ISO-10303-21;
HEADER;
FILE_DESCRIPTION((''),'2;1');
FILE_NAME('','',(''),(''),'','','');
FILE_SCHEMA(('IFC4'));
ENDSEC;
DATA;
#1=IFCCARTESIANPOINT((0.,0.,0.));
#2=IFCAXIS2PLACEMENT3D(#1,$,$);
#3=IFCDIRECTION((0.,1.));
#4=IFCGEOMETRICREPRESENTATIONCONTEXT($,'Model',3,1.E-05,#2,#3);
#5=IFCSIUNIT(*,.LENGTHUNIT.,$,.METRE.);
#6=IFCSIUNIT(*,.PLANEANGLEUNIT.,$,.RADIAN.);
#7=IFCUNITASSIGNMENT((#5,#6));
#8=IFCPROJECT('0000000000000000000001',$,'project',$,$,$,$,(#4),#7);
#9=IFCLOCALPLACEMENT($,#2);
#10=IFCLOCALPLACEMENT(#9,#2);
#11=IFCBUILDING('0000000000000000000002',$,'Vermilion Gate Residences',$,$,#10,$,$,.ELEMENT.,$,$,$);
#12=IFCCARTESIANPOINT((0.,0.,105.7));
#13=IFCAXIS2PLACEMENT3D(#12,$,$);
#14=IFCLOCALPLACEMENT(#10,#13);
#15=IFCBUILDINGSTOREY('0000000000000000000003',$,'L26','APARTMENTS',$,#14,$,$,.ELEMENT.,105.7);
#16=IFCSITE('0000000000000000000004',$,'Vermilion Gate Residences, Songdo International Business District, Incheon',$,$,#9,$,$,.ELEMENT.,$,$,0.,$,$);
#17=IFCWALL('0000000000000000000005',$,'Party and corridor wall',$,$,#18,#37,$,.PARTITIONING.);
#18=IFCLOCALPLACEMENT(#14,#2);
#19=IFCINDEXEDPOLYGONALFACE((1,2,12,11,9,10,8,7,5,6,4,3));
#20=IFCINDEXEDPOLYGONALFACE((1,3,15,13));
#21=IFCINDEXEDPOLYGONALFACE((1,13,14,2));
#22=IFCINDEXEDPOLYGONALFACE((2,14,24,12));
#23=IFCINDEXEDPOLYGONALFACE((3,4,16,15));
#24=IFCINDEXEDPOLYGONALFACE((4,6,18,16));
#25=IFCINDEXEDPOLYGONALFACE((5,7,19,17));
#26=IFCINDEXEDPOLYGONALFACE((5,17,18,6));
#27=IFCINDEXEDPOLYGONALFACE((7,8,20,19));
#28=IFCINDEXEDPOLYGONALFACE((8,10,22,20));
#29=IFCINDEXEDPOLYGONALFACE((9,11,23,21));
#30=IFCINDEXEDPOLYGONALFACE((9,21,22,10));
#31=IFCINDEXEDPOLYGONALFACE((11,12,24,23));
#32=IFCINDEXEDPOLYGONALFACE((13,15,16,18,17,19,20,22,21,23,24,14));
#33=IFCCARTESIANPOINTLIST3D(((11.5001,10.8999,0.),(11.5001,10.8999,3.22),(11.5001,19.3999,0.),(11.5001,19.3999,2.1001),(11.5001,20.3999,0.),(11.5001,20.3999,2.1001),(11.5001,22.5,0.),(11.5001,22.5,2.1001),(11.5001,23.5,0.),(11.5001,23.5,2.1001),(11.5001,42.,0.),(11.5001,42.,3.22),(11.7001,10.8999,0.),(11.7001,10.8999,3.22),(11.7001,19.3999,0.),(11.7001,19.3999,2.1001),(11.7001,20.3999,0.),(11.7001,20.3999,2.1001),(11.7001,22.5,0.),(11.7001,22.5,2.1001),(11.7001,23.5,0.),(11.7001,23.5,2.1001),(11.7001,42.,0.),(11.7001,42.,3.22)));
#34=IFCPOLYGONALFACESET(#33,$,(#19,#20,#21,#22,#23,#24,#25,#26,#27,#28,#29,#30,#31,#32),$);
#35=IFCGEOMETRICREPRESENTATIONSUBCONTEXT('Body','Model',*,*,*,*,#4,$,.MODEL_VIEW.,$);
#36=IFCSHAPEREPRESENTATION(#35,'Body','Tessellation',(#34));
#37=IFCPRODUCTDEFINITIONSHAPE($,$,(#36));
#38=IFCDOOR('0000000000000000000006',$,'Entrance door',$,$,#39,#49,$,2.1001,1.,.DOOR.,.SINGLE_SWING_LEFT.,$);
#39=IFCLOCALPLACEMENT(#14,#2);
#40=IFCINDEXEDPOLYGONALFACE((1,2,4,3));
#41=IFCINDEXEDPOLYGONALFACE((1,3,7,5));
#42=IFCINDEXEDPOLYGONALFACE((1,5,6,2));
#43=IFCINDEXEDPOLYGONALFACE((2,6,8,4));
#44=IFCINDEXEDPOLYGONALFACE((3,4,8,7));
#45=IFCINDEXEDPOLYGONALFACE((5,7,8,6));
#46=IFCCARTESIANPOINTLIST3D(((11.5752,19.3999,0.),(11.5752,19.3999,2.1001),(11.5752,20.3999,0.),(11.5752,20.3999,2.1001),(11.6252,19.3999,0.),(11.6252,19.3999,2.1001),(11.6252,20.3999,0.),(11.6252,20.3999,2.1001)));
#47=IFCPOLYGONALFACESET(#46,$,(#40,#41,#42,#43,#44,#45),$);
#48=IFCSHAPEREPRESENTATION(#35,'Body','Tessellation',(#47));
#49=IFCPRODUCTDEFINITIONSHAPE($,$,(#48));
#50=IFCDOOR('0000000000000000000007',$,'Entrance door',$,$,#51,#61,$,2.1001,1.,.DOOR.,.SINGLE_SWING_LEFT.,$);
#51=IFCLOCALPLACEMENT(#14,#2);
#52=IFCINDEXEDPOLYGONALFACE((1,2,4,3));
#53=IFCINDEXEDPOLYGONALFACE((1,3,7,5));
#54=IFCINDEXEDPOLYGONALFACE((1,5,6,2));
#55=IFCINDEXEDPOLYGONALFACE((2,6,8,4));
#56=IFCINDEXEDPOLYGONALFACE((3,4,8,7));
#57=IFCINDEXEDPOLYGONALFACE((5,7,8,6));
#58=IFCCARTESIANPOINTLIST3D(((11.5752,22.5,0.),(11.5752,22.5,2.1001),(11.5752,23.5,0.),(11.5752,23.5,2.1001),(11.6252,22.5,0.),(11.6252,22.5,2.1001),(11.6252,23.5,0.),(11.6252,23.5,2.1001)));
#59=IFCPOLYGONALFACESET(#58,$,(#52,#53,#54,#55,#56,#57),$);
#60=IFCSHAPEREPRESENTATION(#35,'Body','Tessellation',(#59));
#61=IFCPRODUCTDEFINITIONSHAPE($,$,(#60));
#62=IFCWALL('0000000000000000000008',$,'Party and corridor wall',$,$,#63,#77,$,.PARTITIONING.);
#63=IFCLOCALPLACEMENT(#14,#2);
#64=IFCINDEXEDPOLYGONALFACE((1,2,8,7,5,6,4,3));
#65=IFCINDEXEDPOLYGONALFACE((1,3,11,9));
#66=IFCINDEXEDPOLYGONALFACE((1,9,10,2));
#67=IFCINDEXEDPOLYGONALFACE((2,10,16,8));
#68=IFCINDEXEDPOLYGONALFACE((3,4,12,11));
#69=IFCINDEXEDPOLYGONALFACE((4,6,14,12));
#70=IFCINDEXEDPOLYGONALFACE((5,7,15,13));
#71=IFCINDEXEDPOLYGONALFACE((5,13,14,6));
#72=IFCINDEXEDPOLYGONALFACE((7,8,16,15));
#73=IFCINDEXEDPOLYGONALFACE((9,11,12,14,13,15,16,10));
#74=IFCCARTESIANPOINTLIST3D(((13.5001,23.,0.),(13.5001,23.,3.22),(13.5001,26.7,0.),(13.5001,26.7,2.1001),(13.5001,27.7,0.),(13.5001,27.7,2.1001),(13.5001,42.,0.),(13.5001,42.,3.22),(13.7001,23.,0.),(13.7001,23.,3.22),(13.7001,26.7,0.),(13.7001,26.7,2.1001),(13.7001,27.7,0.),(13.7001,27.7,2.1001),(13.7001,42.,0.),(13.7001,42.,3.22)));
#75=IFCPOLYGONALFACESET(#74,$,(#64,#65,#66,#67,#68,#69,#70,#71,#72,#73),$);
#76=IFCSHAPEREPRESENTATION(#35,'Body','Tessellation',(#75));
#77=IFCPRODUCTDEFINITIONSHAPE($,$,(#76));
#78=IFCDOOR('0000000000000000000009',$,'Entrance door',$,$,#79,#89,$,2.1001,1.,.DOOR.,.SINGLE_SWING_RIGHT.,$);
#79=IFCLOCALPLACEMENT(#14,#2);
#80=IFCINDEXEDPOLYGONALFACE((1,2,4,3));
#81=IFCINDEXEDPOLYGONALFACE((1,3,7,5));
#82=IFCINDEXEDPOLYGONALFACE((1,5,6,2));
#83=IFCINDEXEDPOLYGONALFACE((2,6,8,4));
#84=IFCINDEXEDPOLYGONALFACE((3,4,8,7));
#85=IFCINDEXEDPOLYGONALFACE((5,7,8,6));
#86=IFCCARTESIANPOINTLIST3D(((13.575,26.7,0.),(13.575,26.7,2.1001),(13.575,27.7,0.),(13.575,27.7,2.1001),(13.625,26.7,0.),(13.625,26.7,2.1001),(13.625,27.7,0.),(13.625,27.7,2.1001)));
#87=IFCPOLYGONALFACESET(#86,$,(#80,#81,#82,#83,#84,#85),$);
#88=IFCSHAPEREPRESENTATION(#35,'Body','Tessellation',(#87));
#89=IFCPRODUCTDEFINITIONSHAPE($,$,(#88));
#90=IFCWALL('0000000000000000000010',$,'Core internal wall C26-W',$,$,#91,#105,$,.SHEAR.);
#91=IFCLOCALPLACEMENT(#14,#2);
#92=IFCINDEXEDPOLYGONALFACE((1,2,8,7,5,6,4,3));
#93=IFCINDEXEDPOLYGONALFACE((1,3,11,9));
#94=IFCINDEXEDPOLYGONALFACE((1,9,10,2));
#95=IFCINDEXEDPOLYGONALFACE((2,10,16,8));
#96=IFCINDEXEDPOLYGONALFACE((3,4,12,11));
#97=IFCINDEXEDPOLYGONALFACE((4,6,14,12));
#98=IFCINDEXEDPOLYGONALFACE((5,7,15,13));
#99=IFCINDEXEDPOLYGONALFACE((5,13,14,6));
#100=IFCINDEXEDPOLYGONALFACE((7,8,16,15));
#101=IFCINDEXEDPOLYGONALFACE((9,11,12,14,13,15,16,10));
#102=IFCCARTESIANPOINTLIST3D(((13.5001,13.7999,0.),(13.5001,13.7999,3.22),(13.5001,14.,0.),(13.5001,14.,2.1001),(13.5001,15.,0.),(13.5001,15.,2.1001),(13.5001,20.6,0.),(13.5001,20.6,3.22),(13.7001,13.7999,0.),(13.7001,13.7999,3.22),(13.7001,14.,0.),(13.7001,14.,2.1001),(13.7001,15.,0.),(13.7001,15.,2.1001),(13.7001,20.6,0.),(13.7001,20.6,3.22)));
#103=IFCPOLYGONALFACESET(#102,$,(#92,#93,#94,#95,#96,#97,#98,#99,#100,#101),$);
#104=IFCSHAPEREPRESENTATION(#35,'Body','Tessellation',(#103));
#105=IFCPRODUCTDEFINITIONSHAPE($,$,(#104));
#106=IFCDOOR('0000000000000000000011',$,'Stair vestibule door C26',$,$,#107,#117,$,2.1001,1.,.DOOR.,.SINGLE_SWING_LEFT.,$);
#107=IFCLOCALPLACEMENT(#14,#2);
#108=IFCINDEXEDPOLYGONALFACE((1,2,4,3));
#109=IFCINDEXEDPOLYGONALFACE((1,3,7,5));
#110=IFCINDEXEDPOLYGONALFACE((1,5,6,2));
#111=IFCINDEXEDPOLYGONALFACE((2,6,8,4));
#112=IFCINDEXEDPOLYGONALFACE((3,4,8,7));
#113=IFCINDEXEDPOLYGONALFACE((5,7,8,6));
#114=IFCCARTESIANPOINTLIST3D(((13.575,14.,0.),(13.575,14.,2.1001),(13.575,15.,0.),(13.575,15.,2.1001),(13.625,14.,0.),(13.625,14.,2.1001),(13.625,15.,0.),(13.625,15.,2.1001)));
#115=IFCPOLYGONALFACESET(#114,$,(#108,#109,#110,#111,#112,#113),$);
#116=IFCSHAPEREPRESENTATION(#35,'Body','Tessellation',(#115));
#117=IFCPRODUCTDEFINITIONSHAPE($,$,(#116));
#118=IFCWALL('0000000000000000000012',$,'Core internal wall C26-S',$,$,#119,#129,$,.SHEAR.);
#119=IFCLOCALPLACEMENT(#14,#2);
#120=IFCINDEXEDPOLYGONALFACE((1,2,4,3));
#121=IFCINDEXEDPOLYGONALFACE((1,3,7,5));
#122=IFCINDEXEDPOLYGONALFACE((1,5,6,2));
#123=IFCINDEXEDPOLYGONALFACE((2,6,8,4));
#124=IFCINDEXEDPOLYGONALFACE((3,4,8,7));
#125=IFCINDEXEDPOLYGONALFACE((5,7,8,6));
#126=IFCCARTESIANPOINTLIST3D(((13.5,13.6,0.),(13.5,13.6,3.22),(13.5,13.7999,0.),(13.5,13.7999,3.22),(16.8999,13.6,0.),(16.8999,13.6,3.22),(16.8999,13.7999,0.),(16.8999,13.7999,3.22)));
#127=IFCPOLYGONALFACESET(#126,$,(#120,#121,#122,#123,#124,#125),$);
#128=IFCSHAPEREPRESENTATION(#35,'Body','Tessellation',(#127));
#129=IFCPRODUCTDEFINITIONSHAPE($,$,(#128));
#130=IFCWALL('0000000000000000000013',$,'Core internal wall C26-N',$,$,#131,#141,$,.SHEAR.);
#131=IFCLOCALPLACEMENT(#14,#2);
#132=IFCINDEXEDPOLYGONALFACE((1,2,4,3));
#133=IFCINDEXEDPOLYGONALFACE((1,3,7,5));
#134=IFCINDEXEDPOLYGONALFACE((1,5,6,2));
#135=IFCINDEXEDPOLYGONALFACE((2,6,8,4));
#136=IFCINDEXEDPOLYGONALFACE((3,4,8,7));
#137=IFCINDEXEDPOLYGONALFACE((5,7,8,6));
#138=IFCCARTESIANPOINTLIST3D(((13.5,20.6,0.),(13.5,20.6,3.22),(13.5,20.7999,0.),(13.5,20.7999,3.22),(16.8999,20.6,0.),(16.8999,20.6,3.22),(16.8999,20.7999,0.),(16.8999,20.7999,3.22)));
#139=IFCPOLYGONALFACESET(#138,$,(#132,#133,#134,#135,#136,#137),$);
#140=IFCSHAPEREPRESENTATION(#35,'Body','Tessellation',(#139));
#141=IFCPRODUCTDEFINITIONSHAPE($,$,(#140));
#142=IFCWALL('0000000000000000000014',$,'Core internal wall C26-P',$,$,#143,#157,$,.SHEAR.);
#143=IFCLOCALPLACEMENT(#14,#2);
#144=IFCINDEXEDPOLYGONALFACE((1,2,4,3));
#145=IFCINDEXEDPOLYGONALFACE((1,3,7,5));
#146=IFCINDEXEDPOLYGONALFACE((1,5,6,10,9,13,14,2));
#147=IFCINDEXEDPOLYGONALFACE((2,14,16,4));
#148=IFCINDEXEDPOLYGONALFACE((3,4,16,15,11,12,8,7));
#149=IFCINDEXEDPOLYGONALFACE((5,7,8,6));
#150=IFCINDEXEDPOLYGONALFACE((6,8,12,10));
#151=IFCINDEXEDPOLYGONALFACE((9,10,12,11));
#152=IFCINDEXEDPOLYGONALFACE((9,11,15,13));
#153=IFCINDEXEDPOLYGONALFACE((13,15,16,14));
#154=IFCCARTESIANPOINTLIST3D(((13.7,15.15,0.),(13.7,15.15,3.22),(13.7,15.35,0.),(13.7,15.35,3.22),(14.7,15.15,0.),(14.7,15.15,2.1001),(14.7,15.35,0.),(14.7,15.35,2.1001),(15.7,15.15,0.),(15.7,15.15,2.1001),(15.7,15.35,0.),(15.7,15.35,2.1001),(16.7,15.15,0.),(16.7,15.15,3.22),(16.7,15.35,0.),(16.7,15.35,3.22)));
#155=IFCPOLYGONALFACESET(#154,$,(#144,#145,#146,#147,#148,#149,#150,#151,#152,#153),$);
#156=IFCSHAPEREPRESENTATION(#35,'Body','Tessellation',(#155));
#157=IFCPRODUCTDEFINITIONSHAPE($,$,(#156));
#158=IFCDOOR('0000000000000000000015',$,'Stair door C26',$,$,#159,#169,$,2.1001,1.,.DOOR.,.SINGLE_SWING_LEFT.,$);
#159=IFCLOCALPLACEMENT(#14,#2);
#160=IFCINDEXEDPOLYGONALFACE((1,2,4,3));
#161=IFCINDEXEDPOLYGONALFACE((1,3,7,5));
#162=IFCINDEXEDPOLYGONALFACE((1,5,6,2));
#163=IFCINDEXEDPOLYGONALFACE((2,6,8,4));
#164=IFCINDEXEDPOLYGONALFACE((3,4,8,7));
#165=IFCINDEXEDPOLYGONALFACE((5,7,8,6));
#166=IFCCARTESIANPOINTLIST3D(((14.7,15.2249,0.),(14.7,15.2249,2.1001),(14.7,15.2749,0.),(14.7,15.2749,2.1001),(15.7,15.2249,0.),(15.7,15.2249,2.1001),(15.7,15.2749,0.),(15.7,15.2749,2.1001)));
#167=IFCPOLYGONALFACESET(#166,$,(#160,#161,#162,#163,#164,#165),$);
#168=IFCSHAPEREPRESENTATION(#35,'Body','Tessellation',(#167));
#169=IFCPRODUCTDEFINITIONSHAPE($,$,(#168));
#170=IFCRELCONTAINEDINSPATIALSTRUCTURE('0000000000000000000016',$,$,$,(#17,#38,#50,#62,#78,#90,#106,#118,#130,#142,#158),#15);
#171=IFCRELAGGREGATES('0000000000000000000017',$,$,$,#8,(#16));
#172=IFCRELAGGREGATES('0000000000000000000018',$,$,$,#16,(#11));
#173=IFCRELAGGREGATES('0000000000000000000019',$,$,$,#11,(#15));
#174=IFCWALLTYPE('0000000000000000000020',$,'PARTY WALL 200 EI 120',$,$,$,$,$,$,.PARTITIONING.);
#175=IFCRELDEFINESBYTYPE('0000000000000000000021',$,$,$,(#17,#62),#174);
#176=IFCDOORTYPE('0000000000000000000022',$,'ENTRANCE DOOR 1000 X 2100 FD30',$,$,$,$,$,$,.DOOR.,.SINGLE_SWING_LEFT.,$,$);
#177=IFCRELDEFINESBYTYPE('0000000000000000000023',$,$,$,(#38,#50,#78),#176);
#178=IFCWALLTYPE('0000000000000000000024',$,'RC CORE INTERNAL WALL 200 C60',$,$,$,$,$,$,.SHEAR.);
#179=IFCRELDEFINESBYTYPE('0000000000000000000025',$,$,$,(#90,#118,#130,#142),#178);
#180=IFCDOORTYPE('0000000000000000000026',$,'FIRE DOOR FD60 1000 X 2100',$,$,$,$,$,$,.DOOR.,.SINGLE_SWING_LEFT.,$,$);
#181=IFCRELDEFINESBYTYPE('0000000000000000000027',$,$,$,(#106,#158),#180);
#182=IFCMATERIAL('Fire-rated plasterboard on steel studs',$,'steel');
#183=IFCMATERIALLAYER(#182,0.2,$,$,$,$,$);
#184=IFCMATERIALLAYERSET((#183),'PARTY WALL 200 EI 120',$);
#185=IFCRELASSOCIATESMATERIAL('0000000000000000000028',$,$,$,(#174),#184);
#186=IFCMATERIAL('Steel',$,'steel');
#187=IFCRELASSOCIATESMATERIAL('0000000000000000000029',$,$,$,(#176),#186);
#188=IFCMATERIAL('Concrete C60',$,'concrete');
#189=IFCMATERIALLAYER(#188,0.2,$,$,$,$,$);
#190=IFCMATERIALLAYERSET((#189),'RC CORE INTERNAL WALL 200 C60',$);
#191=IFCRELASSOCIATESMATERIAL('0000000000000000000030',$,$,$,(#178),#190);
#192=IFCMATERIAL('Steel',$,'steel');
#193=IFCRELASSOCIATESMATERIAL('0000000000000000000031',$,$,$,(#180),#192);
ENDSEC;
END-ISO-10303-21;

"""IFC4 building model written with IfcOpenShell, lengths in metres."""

from ifc_helpers import new_model, si_unit, direction, frame, frame_2d, origin, place, context, subcontext, project, spatial, rectangle, extrude, material, layer, layer_set, type_object, element, fill, save


model = new_model("IFC4")

# Units and contexts
model_context = context("Model", 3, precision=1e-05, world=origin(), true_north=direction((0.0, 1.0)))
body_context = subcontext(model_context, "Body", "Model", "MODEL_VIEW")
ifc_project = project(units=[si_unit("LENGTHUNIT", "METRE"), si_unit("PLANEANGLEUNIT", "RADIAN")], contexts=[model_context])

# Site, building, storey
site_placement = place(None, origin())
site = spatial("IfcSite", under=ifc_project, at=site_placement, Name="Vermilion Gate Residences, Songdo International Business District, Incheon", CompositionType="ELEMENT", RefElevation=0.0)
building_placement = place(site_placement, origin())
building = spatial("IfcBuilding", under=site, at=building_placement, Name="Vermilion Gate Residences", CompositionType="ELEMENT")
storey_placement = place(building_placement, frame((0.0, 0.0, 105.7)))
storey = spatial("IfcBuildingStorey", under=building, at=storey_placement, Name="L26", Description="APARTMENTS", CompositionType="ELEMENT", Elevation=105.7)

# Shared definitions
ifc_material_1 = material(Name="Fire-rated plasterboard on steel studs", Category="steel")
ifc_layer_1 = layer(ifc_material_1, 0.2)
ifc_layer_set_1 = layer_set([ifc_layer_1], Name="PARTY WALL 200 EI 120")
wall_type_1 = type_object("IfcWallType", Name="PARTY WALL 200 EI 120", PredefinedType="PARTITIONING", material=ifc_layer_set_1)
ifc_material_2 = material(Name="Steel", Category="steel")
door_type_1 = type_object("IfcDoorType", Name="ENTRANCE DOOR 1000 X 2100 FD30", OperationType="SINGLE_SWING_LEFT", PredefinedType="DOOR", material=ifc_material_2)

# Wall, openings, doors
wall_1_placement = place(storey_placement, frame((11.6001, 10.8999, 0.0), z_axis=(0.0, 0.0, 1.0), x_axis=(0.0, 1.0, 0.0)))
wall_1 = element("IfcWall", 1, at=wall_1_placement, inside=storey, type_object=wall_type_1, Name="Party and corridor wall", PredefinedType="PARTITIONING", context=body_context, shape_type="SweptSolid", body=[
    extrude(rectangle(XDim=31.1001, YDim=0.2, at=frame_2d((15.55, 0.0))), origin(), (0.0, 0.0, 1.0), 3.22),
])
opening_1_placement = place(wall_1_placement, frame((8.5, 0.0, 0.0)))
opening_1 = element("IfcOpeningElement", 2, at=opening_1_placement, cuts=wall_1, PredefinedType="OPENING", context=body_context, shape_type="SweptSolid", body=[
    extrude(rectangle(XDim=1.0, YDim=2.1001, at=frame_2d((0.5, 1.05))), frame((0.0, 0.1099, 0.0), z_axis=(0.0, -1.0, 0.0), x_axis=(1.0, 0.0, 0.0)), (0.0, 0.0, 1.0), 0.22),
])
opening_2_placement = place(wall_1_placement, frame((11.6001, 0.0, 0.0)))
opening_2 = element("IfcOpeningElement", 3, at=opening_2_placement, cuts=wall_1, PredefinedType="OPENING", context=body_context, shape_type="SweptSolid", body=[
    extrude(rectangle(XDim=1.0, YDim=2.1001, at=frame_2d((0.5, 1.05))), frame((0.0, 0.1099, 0.0), z_axis=(0.0, -1.0, 0.0), x_axis=(1.0, 0.0, 0.0)), (0.0, 0.0, 1.0), 0.22),
])
door_1_placement = place(opening_1_placement, origin())
door_1 = element("IfcDoor", 4, at=door_1_placement, inside=storey, type_object=door_type_1, Name="Entrance door", OperationType="SINGLE_SWING_LEFT", OverallHeight=2.1001, OverallWidth=1.0, PredefinedType="DOOR", context=body_context, shape_type="SweptSolid", body=[
    extrude(rectangle(XDim=1.0, YDim=2.1001, at=frame_2d((0.5, 1.05))), frame((0.0, 0.0249, 0.0), z_axis=(0.0, -1.0, 0.0), x_axis=(1.0, 0.0, 0.0)), (0.0, 0.0, 1.0), 0.05),
])
fill(opening_1, door_1)
door_2_placement = place(opening_2_placement, origin())
door_2 = element("IfcDoor", 5, at=door_2_placement, inside=storey, type_object=door_type_1, Name="Entrance door", OperationType="SINGLE_SWING_LEFT", OverallHeight=2.1001, OverallWidth=1.0, PredefinedType="DOOR", context=body_context, shape_type="SweptSolid", body=[
    extrude(rectangle(XDim=1.0, YDim=2.1001, at=frame_2d((0.5, 1.05))), frame((0.0, 0.0249, 0.0), z_axis=(0.0, -1.0, 0.0), x_axis=(1.0, 0.0, 0.0)), (0.0, 0.0, 1.0), 0.05),
])
fill(opening_2, door_2)

# Walls, openings, doors
wall_2_placement = place(storey_placement, frame((13.6001, 23.0, 0.0), z_axis=(0.0, 0.0, 1.0), x_axis=(0.0, 1.0, 0.0)))
wall_2 = element("IfcWall", 6, at=wall_2_placement, inside=storey, type_object=wall_type_1, Name="Party and corridor wall", PredefinedType="PARTITIONING", context=body_context, shape_type="SweptSolid", body=[
    extrude(rectangle(XDim=19.0, YDim=0.2, at=frame_2d((9.5, 0.0))), origin(), (0.0, 0.0, 1.0), 3.22),
])
opening_3_placement = place(wall_2_placement, frame((3.7, 0.0, 0.0)))
opening_3 = element("IfcOpeningElement", 7, at=opening_3_placement, cuts=wall_2, PredefinedType="OPENING", context=body_context, shape_type="SweptSolid", body=[
    extrude(rectangle(XDim=1.0, YDim=2.1001, at=frame_2d((0.5, 1.05))), frame((0.0, 0.1099, 0.0), z_axis=(0.0, -1.0, 0.0), x_axis=(1.0, 0.0, 0.0)), (0.0, 0.0, 1.0), 0.22),
])
door_3_placement = place(opening_3_placement, frame((1.0, 0.0, 0.0), z_axis=(0.0, 0.0, 1.0), x_axis=(-1.0, 0.0, 0.0)))
door_3 = element("IfcDoor", 8, at=door_3_placement, inside=storey, type_object=door_type_1, Name="Entrance door", OperationType="SINGLE_SWING_RIGHT", OverallHeight=2.1001, OverallWidth=1.0, PredefinedType="DOOR", context=body_context, shape_type="SweptSolid", body=[
    extrude(rectangle(XDim=1.0, YDim=2.1001, at=frame_2d((0.5, 1.05))), frame((0.0, 0.0249, 0.0), z_axis=(0.0, -1.0, 0.0), x_axis=(1.0, 0.0, 0.0)), (0.0, 0.0, 1.0), 0.05),
])
fill(opening_3, door_3)
ifc_material_3 = material(Name="Concrete C60", Category="concrete")
ifc_layer_2 = layer(ifc_material_3, 0.2)
ifc_layer_set_2 = layer_set([ifc_layer_2], Name="RC CORE INTERNAL WALL 200 C60")
wall_type_2 = type_object("IfcWallType", Name="RC CORE INTERNAL WALL 200 C60", PredefinedType="SHEAR", material=ifc_layer_set_2)
wall_3_placement = place(storey_placement, frame((13.6001, 13.8, 0.0), z_axis=(0.0, 0.0, 1.0), x_axis=(0.0, 1.0, 0.0)))
wall_3 = element("IfcWall", 9, at=wall_3_placement, inside=storey, type_object=wall_type_2, Name="Core internal wall C26-W", PredefinedType="SHEAR", context=body_context, shape_type="SweptSolid", body=[
    extrude(rectangle(XDim=6.8, YDim=0.2, at=frame_2d((3.3999, 0.0))), origin(), (0.0, 0.0, 1.0), 3.22),
])
opening_4_placement = place(wall_3_placement, frame((0.2, 0.0, 0.0)))
opening_4 = element("IfcOpeningElement", 10, at=opening_4_placement, cuts=wall_3, PredefinedType="OPENING", context=body_context, shape_type="SweptSolid", body=[
    extrude(rectangle(XDim=1.0, YDim=2.1001, at=frame_2d((0.5, 1.05))), frame((0.0, 0.1099, 0.0), z_axis=(0.0, -1.0, 0.0), x_axis=(1.0, 0.0, 0.0)), (0.0, 0.0, 1.0), 0.22),
])
ifc_material_4 = material(Name="Steel", Category="steel")
door_type_2 = type_object("IfcDoorType", Name="FIRE DOOR FD60 1000 X 2100", OperationType="SINGLE_SWING_LEFT", PredefinedType="DOOR", material=ifc_material_4)
door_4_placement = place(opening_4_placement, frame((1.0, 0.0, 0.0), z_axis=(0.0, 0.0, 1.0), x_axis=(-1.0, 0.0, 0.0)))
door_4 = element("IfcDoor", 11, at=door_4_placement, inside=storey, type_object=door_type_2, Name="Stair vestibule door C26", OperationType="SINGLE_SWING_LEFT", OverallHeight=2.1001, OverallWidth=1.0, PredefinedType="DOOR", context=body_context, shape_type="SweptSolid", body=[
    extrude(rectangle(XDim=1.0, YDim=2.1001, at=frame_2d((0.5, 1.05))), frame((0.0, 0.0249, 0.0), z_axis=(0.0, -1.0, 0.0), x_axis=(1.0, 0.0, 0.0)), (0.0, 0.0, 1.0), 0.05),
])
fill(opening_4, door_4)

# Walls
for number, where, z_axis, x_axis, name in (
    (12, (13.5, 13.7, 0.0), (0.0, 0.0, 1.0), (1.0, 0.0, 0.0), "Core internal wall C26-S"),
    (13, (13.5, 20.7, 0.0), (0.0, 0.0, 1.0), (1.0, 0.0, 0.0), "Core internal wall C26-N"),
):
    element("IfcWall", number, at=place(storey_placement, frame(where, z_axis=z_axis, x_axis=x_axis)), inside=storey, type_object=wall_type_2, Name=name, PredefinedType="SHEAR", context=body_context, shape_type="SweptSolid", body=[
        extrude(rectangle(XDim=3.3999, YDim=0.2, at=frame_2d((1.7, 0.0))), origin(), (0.0, 0.0, 1.0), 3.22),
    ])

# Wall, opening, door
wall_4_placement = place(storey_placement, frame((13.7, 15.25, 0.0), z_axis=(0.0, 0.0, 1.0), x_axis=(1.0, 0.0, 0.0)))
wall_4 = element("IfcWall", 14, at=wall_4_placement, inside=storey, type_object=wall_type_2, Name="Core internal wall C26-P", PredefinedType="SHEAR", context=body_context, shape_type="SweptSolid", body=[
    extrude(rectangle(XDim=3.0, YDim=0.2, at=frame_2d((1.5, 0.0))), origin(), (0.0, 0.0, 1.0), 3.22),
])
opening_5_placement = place(wall_4_placement, frame((1.0, 0.0, 0.0)))
opening_5 = element("IfcOpeningElement", 15, at=opening_5_placement, cuts=wall_4, PredefinedType="OPENING", context=body_context, shape_type="SweptSolid", body=[
    extrude(rectangle(XDim=1.0, YDim=2.1001, at=frame_2d((0.5, 1.05))), frame((0.0, 0.1099, 0.0), z_axis=(0.0, -1.0, 0.0), x_axis=(1.0, 0.0, 0.0)), (0.0, 0.0, 1.0), 0.22),
])
door_5_placement = place(opening_5_placement, origin())
door_5 = element("IfcDoor", 16, at=door_5_placement, inside=storey, type_object=door_type_2, Name="Stair door C26", OperationType="SINGLE_SWING_LEFT", OverallHeight=2.1001, OverallWidth=1.0, PredefinedType="DOOR", context=body_context, shape_type="SweptSolid", body=[
    extrude(rectangle(XDim=1.0, YDim=2.1001, at=frame_2d((0.5, 1.05))), frame((0.0, 0.0249, 0.0), z_axis=(0.0, -1.0, 0.0), x_axis=(1.0, 0.0, 0.0)), (0.0, 0.0, 1.0), 0.05),
])
fill(opening_5, door_5)

save(model, "model.ifc")
